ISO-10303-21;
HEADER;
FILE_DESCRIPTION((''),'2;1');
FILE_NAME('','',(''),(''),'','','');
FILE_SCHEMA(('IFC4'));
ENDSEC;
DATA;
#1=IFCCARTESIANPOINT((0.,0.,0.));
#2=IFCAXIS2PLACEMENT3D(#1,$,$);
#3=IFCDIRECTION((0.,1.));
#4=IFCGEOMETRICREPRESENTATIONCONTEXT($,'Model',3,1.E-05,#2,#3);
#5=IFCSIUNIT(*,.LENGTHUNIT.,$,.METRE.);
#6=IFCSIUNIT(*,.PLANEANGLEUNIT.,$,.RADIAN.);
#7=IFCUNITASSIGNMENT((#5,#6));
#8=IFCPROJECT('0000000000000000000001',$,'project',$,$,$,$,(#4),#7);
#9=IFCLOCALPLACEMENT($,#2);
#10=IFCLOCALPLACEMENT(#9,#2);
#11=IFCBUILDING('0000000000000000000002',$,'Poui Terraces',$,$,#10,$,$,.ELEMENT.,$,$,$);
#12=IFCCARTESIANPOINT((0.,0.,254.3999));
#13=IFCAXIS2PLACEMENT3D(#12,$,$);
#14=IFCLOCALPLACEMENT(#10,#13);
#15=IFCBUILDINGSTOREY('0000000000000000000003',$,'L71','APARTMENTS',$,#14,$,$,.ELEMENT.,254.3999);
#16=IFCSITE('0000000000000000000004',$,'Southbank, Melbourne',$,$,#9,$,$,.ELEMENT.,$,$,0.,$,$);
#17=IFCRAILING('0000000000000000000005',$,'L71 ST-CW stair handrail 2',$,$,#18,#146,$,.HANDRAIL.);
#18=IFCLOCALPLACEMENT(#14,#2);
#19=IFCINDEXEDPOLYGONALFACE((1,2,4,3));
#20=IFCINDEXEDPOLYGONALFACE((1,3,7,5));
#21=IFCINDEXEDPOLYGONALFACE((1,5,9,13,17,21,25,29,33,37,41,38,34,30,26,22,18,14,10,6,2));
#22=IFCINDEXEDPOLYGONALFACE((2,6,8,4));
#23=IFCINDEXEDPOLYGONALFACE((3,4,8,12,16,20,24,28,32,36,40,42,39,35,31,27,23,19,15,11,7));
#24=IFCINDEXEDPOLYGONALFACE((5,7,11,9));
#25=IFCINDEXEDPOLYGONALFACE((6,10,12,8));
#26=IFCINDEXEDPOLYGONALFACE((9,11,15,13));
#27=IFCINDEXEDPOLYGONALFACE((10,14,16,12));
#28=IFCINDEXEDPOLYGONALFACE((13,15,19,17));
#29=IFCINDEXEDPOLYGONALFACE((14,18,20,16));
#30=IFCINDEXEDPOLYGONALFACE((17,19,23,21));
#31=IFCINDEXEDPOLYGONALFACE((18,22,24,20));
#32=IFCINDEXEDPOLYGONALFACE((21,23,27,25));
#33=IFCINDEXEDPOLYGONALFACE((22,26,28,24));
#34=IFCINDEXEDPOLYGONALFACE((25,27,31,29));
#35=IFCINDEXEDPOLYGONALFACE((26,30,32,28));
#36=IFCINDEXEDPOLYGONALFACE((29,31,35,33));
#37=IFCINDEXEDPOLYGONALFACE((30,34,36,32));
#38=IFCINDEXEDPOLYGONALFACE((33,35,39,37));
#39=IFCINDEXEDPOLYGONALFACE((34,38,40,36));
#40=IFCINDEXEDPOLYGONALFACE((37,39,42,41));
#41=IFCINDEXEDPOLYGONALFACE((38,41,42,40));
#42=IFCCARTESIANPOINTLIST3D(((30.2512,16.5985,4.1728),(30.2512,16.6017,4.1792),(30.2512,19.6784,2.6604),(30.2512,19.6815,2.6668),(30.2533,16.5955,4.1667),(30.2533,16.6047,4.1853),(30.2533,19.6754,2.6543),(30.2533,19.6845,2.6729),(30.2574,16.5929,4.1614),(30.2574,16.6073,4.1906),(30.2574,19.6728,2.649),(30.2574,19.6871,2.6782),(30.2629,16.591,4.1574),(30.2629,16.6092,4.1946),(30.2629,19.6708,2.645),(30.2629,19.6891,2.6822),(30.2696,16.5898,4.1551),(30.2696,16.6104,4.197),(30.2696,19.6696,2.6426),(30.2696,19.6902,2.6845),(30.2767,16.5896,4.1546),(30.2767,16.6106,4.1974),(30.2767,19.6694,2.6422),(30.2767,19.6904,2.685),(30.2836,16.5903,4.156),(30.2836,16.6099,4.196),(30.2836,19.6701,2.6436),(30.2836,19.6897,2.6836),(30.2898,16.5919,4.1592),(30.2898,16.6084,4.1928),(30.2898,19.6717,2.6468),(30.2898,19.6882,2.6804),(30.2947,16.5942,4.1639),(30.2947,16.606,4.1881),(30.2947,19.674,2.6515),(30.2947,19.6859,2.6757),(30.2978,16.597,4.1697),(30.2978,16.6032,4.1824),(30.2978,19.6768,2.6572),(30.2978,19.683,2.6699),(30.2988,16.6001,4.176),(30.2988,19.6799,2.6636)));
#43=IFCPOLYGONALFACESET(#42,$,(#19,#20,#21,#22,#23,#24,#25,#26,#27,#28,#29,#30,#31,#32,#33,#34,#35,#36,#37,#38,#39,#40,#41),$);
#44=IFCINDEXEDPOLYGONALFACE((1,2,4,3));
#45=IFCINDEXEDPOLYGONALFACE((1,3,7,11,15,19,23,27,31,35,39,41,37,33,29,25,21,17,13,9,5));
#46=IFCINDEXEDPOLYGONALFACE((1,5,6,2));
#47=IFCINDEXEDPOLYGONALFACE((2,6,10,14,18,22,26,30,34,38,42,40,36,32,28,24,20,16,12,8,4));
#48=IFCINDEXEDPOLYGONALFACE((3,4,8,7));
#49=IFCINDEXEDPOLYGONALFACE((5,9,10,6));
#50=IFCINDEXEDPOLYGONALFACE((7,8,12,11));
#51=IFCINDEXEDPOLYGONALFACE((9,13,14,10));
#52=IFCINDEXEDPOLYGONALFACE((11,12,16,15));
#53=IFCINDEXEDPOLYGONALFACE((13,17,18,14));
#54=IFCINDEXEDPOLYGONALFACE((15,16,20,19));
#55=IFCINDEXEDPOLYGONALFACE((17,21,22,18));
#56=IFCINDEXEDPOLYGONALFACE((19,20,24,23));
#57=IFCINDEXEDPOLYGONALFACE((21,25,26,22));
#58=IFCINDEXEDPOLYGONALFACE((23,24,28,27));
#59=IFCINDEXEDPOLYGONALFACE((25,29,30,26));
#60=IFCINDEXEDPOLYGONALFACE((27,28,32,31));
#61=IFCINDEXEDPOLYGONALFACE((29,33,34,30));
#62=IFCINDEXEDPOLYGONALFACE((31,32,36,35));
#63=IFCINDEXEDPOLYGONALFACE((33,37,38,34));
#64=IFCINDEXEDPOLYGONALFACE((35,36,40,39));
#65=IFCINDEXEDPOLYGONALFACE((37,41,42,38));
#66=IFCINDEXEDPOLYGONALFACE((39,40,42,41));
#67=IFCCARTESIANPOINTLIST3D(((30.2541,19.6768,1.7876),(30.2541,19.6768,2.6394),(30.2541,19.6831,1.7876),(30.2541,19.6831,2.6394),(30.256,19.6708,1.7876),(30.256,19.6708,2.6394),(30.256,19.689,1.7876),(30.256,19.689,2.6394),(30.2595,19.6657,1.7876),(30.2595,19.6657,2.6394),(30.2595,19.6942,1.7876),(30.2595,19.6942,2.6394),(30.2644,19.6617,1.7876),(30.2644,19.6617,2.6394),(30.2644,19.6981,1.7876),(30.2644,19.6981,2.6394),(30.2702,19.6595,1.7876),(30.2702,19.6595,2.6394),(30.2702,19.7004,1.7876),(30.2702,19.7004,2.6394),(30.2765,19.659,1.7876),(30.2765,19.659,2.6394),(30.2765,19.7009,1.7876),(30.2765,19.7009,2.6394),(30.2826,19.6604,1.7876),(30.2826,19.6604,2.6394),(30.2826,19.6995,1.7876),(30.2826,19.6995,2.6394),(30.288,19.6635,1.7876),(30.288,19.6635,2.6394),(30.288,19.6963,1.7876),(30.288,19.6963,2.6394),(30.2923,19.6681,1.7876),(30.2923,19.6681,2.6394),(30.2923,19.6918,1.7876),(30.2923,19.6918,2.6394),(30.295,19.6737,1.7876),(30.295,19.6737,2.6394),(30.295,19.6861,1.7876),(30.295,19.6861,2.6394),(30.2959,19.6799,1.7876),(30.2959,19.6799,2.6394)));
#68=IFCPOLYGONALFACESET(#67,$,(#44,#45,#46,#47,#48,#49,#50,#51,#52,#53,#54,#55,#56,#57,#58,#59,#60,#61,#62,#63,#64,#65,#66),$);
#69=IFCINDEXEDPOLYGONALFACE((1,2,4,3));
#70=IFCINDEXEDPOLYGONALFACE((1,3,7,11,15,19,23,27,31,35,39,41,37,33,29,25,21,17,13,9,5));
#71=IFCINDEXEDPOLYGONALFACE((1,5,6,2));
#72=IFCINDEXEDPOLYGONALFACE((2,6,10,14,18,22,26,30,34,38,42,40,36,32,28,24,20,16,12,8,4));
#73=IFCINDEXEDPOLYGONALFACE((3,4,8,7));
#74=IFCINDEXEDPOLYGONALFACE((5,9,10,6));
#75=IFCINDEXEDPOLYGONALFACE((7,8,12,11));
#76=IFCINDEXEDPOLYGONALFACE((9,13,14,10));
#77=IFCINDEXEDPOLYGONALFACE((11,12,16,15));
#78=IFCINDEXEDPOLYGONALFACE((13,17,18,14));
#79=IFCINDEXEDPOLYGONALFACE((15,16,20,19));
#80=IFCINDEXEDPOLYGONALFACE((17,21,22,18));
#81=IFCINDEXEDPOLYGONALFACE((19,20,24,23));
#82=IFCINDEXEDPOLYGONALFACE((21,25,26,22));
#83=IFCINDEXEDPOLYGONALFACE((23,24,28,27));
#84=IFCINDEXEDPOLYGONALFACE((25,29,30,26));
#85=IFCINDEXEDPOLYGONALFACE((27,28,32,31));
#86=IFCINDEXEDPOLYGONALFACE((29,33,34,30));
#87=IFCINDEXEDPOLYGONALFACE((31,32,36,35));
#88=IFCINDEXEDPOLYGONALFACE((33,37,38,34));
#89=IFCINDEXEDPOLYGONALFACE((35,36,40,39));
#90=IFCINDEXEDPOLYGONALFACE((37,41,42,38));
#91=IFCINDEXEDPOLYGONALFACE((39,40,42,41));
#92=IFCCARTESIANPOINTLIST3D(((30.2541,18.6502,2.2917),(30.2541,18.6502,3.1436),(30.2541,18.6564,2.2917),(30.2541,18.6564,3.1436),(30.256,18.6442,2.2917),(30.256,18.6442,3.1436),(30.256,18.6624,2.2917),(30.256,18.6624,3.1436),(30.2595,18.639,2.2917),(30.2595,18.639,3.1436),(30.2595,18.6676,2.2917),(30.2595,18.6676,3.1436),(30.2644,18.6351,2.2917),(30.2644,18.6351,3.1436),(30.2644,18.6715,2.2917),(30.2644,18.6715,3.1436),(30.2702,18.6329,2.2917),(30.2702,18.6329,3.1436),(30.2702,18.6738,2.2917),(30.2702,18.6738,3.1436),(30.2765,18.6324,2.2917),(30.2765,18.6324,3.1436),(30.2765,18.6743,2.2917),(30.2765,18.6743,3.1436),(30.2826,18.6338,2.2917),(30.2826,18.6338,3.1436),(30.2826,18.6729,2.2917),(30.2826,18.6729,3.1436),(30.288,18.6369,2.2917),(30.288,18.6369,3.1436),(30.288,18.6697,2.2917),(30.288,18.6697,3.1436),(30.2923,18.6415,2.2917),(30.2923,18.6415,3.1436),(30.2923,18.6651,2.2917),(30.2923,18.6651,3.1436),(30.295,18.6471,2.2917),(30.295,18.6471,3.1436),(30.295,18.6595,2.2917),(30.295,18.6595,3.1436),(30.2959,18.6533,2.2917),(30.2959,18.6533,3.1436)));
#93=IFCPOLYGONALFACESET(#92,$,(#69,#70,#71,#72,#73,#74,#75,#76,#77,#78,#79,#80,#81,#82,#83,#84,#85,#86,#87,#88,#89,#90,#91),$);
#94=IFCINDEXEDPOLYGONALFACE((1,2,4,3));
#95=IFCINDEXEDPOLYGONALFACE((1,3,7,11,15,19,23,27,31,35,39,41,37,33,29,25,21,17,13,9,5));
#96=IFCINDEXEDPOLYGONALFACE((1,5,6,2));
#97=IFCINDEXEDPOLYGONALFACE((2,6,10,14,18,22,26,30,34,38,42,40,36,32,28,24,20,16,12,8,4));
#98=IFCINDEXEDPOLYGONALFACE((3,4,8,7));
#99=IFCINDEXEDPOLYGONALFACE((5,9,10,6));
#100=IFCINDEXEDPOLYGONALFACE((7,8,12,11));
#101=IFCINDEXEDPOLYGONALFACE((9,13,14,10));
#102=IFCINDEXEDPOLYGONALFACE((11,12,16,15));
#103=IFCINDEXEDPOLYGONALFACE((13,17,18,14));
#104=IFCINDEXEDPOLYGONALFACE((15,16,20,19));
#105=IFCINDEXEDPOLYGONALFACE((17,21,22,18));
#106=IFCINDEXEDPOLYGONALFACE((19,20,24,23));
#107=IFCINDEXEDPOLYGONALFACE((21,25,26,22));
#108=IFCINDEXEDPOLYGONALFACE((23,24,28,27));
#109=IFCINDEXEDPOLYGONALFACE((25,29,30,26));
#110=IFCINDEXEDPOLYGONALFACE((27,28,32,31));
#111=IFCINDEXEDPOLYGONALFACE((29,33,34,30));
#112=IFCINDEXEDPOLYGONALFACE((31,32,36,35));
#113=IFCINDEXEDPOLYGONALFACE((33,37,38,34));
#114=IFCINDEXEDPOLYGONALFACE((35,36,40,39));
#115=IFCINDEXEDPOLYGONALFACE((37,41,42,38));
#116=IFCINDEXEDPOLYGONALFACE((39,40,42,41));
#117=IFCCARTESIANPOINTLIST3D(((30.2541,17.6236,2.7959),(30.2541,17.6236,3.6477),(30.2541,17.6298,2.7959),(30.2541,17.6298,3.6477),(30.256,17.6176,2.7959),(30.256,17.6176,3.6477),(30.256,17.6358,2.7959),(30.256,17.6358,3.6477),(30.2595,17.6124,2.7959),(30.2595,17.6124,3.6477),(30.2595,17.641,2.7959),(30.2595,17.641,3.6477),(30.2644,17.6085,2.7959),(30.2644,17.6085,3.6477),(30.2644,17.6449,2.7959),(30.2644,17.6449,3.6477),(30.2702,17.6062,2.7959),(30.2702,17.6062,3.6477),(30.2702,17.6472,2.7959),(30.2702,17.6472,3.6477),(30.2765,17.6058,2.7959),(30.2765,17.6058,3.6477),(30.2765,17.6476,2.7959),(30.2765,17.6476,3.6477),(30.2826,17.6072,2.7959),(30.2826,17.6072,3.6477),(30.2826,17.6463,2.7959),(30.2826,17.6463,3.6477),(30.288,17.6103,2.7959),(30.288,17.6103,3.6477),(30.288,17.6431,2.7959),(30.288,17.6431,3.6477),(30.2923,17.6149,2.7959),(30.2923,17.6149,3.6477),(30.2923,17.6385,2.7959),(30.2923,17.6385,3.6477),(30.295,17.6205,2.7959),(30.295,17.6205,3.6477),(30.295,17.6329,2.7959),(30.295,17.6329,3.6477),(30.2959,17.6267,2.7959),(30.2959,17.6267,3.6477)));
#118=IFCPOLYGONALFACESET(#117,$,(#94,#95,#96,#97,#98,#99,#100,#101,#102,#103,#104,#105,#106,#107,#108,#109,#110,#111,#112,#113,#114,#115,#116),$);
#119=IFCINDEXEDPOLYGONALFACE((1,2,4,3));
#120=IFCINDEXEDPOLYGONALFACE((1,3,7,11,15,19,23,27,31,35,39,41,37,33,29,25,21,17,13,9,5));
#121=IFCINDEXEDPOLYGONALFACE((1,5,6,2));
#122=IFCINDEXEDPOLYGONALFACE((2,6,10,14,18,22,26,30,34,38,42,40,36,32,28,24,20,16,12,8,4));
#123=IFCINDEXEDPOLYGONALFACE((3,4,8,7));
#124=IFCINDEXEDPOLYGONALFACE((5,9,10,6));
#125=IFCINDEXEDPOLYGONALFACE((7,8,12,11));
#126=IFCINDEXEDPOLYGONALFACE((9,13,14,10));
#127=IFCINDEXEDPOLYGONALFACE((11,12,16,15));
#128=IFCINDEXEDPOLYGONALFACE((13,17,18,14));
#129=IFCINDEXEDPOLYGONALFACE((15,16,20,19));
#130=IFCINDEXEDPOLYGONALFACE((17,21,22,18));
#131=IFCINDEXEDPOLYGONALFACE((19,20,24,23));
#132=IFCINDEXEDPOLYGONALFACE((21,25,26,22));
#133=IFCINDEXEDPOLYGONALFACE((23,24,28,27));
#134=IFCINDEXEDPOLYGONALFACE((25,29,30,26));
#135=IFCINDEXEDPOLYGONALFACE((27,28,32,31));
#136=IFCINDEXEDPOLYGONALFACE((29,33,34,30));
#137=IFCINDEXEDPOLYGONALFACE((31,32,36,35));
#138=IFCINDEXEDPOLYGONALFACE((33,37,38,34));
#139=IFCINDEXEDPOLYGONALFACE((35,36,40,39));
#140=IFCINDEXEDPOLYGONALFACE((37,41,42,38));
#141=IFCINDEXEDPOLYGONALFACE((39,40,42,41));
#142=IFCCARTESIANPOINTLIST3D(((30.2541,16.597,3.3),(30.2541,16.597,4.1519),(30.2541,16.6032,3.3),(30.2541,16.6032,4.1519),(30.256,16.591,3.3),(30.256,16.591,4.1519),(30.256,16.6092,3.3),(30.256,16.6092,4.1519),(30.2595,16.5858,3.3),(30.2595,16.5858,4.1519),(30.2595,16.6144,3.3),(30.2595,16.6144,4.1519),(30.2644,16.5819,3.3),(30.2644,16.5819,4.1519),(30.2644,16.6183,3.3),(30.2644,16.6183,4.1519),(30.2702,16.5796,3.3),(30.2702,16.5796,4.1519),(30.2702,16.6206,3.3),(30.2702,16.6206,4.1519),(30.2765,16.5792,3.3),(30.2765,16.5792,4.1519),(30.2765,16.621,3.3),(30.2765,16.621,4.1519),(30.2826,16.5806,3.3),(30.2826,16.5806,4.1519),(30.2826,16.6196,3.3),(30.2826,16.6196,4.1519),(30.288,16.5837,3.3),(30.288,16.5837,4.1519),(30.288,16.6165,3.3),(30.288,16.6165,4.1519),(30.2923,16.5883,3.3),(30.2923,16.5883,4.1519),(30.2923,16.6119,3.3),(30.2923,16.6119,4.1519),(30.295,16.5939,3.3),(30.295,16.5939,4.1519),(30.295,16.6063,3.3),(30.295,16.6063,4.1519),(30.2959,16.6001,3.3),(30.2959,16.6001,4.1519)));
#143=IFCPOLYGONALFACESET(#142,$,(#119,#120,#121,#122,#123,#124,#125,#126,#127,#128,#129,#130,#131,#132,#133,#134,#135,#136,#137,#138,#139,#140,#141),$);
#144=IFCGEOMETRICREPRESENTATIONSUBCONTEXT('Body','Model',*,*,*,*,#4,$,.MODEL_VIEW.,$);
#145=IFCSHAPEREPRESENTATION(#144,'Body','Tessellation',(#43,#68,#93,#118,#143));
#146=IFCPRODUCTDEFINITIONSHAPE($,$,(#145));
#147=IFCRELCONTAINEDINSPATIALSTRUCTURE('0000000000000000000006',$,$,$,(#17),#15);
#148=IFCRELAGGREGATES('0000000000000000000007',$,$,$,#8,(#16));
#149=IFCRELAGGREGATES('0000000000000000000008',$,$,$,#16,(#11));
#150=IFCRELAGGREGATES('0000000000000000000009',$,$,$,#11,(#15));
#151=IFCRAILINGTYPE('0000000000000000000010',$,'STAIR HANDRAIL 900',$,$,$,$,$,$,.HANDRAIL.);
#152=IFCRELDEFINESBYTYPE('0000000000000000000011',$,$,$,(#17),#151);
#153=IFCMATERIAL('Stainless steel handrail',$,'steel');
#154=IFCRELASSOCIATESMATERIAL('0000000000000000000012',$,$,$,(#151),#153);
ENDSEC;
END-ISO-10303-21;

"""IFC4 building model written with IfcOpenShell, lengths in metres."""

from ifc_helpers import new_model, si_unit, direction, frame, origin, origin_2d, place, context, subcontext, project, spatial, circle, extrude, material, type_object, element, save


model = new_model("IFC4")

# Units and contexts
model_context = context("Model", 3, precision=1e-05, world=origin(), true_north=direction((0.0, 1.0)))
body_context = subcontext(model_context, "Body", "Model", "MODEL_VIEW")
ifc_project = project(units=[si_unit("LENGTHUNIT", "METRE"), si_unit("PLANEANGLEUNIT", "RADIAN")], contexts=[model_context])

# Site, building, storey
site_placement = place(None, origin())
site = spatial("IfcSite", under=ifc_project, at=site_placement, Name="Southbank, Melbourne", CompositionType="ELEMENT", RefElevation=0.0)
building_placement = place(site_placement, origin())
building = spatial("IfcBuilding", under=site, at=building_placement, Name="Poui Terraces", CompositionType="ELEMENT")
storey_placement = place(building_placement, frame((0.0, 0.0, 254.3999)))
storey = spatial("IfcBuildingStorey", under=building, at=storey_placement, Name="L71", Description="APARTMENTS", CompositionType="ELEMENT", Elevation=254.3999)

# Railing
ifc_material_1 = material(Name="Stainless steel handrail", Category="steel")
railing_type_1 = type_object("IfcRailingType", Name="STAIR HANDRAIL 900", PredefinedType="HANDRAIL", material=ifc_material_1)
railing_1_placement = place(storey_placement, frame((30.2749, 19.6799, 1.7876)))
element("IfcRailing", 1, at=railing_1_placement, inside=storey, type_object=railing_type_1, Name="L71 ST-CW stair handrail 2", PredefinedType="HANDRAIL", context=body_context, shape_type="SweptSolid", body=[
    extrude(circle(Radius=0.0239, at=origin_2d()), frame((0.0, 0.0, 0.876), z_axis=(0.0, -0.897606, 0.440798), x_axis=(1.0, 0.0, 0.0)), (0.0, 0.0, 1.0), 3.4312),
    extrude(circle(Radius=0.021, at=origin_2d()), origin(), (0.0, 0.0, 1.0), 0.8518),
    extrude(circle(Radius=0.021, at=origin_2d()), frame((0.0, -1.0266, 0.5042)), (0.0, 0.0, 1.0), 0.8518),
    extrude(circle(Radius=0.021, at=origin_2d()), frame((0.0, -2.0532, 1.0083)), (0.0, 0.0, 1.0), 0.8518),
    extrude(circle(Radius=0.021, at=origin_2d()), frame((0.0, -3.0798, 1.5125)), (0.0, 0.0, 1.0), 0.8518),
])

save(model, "model.ifc")
